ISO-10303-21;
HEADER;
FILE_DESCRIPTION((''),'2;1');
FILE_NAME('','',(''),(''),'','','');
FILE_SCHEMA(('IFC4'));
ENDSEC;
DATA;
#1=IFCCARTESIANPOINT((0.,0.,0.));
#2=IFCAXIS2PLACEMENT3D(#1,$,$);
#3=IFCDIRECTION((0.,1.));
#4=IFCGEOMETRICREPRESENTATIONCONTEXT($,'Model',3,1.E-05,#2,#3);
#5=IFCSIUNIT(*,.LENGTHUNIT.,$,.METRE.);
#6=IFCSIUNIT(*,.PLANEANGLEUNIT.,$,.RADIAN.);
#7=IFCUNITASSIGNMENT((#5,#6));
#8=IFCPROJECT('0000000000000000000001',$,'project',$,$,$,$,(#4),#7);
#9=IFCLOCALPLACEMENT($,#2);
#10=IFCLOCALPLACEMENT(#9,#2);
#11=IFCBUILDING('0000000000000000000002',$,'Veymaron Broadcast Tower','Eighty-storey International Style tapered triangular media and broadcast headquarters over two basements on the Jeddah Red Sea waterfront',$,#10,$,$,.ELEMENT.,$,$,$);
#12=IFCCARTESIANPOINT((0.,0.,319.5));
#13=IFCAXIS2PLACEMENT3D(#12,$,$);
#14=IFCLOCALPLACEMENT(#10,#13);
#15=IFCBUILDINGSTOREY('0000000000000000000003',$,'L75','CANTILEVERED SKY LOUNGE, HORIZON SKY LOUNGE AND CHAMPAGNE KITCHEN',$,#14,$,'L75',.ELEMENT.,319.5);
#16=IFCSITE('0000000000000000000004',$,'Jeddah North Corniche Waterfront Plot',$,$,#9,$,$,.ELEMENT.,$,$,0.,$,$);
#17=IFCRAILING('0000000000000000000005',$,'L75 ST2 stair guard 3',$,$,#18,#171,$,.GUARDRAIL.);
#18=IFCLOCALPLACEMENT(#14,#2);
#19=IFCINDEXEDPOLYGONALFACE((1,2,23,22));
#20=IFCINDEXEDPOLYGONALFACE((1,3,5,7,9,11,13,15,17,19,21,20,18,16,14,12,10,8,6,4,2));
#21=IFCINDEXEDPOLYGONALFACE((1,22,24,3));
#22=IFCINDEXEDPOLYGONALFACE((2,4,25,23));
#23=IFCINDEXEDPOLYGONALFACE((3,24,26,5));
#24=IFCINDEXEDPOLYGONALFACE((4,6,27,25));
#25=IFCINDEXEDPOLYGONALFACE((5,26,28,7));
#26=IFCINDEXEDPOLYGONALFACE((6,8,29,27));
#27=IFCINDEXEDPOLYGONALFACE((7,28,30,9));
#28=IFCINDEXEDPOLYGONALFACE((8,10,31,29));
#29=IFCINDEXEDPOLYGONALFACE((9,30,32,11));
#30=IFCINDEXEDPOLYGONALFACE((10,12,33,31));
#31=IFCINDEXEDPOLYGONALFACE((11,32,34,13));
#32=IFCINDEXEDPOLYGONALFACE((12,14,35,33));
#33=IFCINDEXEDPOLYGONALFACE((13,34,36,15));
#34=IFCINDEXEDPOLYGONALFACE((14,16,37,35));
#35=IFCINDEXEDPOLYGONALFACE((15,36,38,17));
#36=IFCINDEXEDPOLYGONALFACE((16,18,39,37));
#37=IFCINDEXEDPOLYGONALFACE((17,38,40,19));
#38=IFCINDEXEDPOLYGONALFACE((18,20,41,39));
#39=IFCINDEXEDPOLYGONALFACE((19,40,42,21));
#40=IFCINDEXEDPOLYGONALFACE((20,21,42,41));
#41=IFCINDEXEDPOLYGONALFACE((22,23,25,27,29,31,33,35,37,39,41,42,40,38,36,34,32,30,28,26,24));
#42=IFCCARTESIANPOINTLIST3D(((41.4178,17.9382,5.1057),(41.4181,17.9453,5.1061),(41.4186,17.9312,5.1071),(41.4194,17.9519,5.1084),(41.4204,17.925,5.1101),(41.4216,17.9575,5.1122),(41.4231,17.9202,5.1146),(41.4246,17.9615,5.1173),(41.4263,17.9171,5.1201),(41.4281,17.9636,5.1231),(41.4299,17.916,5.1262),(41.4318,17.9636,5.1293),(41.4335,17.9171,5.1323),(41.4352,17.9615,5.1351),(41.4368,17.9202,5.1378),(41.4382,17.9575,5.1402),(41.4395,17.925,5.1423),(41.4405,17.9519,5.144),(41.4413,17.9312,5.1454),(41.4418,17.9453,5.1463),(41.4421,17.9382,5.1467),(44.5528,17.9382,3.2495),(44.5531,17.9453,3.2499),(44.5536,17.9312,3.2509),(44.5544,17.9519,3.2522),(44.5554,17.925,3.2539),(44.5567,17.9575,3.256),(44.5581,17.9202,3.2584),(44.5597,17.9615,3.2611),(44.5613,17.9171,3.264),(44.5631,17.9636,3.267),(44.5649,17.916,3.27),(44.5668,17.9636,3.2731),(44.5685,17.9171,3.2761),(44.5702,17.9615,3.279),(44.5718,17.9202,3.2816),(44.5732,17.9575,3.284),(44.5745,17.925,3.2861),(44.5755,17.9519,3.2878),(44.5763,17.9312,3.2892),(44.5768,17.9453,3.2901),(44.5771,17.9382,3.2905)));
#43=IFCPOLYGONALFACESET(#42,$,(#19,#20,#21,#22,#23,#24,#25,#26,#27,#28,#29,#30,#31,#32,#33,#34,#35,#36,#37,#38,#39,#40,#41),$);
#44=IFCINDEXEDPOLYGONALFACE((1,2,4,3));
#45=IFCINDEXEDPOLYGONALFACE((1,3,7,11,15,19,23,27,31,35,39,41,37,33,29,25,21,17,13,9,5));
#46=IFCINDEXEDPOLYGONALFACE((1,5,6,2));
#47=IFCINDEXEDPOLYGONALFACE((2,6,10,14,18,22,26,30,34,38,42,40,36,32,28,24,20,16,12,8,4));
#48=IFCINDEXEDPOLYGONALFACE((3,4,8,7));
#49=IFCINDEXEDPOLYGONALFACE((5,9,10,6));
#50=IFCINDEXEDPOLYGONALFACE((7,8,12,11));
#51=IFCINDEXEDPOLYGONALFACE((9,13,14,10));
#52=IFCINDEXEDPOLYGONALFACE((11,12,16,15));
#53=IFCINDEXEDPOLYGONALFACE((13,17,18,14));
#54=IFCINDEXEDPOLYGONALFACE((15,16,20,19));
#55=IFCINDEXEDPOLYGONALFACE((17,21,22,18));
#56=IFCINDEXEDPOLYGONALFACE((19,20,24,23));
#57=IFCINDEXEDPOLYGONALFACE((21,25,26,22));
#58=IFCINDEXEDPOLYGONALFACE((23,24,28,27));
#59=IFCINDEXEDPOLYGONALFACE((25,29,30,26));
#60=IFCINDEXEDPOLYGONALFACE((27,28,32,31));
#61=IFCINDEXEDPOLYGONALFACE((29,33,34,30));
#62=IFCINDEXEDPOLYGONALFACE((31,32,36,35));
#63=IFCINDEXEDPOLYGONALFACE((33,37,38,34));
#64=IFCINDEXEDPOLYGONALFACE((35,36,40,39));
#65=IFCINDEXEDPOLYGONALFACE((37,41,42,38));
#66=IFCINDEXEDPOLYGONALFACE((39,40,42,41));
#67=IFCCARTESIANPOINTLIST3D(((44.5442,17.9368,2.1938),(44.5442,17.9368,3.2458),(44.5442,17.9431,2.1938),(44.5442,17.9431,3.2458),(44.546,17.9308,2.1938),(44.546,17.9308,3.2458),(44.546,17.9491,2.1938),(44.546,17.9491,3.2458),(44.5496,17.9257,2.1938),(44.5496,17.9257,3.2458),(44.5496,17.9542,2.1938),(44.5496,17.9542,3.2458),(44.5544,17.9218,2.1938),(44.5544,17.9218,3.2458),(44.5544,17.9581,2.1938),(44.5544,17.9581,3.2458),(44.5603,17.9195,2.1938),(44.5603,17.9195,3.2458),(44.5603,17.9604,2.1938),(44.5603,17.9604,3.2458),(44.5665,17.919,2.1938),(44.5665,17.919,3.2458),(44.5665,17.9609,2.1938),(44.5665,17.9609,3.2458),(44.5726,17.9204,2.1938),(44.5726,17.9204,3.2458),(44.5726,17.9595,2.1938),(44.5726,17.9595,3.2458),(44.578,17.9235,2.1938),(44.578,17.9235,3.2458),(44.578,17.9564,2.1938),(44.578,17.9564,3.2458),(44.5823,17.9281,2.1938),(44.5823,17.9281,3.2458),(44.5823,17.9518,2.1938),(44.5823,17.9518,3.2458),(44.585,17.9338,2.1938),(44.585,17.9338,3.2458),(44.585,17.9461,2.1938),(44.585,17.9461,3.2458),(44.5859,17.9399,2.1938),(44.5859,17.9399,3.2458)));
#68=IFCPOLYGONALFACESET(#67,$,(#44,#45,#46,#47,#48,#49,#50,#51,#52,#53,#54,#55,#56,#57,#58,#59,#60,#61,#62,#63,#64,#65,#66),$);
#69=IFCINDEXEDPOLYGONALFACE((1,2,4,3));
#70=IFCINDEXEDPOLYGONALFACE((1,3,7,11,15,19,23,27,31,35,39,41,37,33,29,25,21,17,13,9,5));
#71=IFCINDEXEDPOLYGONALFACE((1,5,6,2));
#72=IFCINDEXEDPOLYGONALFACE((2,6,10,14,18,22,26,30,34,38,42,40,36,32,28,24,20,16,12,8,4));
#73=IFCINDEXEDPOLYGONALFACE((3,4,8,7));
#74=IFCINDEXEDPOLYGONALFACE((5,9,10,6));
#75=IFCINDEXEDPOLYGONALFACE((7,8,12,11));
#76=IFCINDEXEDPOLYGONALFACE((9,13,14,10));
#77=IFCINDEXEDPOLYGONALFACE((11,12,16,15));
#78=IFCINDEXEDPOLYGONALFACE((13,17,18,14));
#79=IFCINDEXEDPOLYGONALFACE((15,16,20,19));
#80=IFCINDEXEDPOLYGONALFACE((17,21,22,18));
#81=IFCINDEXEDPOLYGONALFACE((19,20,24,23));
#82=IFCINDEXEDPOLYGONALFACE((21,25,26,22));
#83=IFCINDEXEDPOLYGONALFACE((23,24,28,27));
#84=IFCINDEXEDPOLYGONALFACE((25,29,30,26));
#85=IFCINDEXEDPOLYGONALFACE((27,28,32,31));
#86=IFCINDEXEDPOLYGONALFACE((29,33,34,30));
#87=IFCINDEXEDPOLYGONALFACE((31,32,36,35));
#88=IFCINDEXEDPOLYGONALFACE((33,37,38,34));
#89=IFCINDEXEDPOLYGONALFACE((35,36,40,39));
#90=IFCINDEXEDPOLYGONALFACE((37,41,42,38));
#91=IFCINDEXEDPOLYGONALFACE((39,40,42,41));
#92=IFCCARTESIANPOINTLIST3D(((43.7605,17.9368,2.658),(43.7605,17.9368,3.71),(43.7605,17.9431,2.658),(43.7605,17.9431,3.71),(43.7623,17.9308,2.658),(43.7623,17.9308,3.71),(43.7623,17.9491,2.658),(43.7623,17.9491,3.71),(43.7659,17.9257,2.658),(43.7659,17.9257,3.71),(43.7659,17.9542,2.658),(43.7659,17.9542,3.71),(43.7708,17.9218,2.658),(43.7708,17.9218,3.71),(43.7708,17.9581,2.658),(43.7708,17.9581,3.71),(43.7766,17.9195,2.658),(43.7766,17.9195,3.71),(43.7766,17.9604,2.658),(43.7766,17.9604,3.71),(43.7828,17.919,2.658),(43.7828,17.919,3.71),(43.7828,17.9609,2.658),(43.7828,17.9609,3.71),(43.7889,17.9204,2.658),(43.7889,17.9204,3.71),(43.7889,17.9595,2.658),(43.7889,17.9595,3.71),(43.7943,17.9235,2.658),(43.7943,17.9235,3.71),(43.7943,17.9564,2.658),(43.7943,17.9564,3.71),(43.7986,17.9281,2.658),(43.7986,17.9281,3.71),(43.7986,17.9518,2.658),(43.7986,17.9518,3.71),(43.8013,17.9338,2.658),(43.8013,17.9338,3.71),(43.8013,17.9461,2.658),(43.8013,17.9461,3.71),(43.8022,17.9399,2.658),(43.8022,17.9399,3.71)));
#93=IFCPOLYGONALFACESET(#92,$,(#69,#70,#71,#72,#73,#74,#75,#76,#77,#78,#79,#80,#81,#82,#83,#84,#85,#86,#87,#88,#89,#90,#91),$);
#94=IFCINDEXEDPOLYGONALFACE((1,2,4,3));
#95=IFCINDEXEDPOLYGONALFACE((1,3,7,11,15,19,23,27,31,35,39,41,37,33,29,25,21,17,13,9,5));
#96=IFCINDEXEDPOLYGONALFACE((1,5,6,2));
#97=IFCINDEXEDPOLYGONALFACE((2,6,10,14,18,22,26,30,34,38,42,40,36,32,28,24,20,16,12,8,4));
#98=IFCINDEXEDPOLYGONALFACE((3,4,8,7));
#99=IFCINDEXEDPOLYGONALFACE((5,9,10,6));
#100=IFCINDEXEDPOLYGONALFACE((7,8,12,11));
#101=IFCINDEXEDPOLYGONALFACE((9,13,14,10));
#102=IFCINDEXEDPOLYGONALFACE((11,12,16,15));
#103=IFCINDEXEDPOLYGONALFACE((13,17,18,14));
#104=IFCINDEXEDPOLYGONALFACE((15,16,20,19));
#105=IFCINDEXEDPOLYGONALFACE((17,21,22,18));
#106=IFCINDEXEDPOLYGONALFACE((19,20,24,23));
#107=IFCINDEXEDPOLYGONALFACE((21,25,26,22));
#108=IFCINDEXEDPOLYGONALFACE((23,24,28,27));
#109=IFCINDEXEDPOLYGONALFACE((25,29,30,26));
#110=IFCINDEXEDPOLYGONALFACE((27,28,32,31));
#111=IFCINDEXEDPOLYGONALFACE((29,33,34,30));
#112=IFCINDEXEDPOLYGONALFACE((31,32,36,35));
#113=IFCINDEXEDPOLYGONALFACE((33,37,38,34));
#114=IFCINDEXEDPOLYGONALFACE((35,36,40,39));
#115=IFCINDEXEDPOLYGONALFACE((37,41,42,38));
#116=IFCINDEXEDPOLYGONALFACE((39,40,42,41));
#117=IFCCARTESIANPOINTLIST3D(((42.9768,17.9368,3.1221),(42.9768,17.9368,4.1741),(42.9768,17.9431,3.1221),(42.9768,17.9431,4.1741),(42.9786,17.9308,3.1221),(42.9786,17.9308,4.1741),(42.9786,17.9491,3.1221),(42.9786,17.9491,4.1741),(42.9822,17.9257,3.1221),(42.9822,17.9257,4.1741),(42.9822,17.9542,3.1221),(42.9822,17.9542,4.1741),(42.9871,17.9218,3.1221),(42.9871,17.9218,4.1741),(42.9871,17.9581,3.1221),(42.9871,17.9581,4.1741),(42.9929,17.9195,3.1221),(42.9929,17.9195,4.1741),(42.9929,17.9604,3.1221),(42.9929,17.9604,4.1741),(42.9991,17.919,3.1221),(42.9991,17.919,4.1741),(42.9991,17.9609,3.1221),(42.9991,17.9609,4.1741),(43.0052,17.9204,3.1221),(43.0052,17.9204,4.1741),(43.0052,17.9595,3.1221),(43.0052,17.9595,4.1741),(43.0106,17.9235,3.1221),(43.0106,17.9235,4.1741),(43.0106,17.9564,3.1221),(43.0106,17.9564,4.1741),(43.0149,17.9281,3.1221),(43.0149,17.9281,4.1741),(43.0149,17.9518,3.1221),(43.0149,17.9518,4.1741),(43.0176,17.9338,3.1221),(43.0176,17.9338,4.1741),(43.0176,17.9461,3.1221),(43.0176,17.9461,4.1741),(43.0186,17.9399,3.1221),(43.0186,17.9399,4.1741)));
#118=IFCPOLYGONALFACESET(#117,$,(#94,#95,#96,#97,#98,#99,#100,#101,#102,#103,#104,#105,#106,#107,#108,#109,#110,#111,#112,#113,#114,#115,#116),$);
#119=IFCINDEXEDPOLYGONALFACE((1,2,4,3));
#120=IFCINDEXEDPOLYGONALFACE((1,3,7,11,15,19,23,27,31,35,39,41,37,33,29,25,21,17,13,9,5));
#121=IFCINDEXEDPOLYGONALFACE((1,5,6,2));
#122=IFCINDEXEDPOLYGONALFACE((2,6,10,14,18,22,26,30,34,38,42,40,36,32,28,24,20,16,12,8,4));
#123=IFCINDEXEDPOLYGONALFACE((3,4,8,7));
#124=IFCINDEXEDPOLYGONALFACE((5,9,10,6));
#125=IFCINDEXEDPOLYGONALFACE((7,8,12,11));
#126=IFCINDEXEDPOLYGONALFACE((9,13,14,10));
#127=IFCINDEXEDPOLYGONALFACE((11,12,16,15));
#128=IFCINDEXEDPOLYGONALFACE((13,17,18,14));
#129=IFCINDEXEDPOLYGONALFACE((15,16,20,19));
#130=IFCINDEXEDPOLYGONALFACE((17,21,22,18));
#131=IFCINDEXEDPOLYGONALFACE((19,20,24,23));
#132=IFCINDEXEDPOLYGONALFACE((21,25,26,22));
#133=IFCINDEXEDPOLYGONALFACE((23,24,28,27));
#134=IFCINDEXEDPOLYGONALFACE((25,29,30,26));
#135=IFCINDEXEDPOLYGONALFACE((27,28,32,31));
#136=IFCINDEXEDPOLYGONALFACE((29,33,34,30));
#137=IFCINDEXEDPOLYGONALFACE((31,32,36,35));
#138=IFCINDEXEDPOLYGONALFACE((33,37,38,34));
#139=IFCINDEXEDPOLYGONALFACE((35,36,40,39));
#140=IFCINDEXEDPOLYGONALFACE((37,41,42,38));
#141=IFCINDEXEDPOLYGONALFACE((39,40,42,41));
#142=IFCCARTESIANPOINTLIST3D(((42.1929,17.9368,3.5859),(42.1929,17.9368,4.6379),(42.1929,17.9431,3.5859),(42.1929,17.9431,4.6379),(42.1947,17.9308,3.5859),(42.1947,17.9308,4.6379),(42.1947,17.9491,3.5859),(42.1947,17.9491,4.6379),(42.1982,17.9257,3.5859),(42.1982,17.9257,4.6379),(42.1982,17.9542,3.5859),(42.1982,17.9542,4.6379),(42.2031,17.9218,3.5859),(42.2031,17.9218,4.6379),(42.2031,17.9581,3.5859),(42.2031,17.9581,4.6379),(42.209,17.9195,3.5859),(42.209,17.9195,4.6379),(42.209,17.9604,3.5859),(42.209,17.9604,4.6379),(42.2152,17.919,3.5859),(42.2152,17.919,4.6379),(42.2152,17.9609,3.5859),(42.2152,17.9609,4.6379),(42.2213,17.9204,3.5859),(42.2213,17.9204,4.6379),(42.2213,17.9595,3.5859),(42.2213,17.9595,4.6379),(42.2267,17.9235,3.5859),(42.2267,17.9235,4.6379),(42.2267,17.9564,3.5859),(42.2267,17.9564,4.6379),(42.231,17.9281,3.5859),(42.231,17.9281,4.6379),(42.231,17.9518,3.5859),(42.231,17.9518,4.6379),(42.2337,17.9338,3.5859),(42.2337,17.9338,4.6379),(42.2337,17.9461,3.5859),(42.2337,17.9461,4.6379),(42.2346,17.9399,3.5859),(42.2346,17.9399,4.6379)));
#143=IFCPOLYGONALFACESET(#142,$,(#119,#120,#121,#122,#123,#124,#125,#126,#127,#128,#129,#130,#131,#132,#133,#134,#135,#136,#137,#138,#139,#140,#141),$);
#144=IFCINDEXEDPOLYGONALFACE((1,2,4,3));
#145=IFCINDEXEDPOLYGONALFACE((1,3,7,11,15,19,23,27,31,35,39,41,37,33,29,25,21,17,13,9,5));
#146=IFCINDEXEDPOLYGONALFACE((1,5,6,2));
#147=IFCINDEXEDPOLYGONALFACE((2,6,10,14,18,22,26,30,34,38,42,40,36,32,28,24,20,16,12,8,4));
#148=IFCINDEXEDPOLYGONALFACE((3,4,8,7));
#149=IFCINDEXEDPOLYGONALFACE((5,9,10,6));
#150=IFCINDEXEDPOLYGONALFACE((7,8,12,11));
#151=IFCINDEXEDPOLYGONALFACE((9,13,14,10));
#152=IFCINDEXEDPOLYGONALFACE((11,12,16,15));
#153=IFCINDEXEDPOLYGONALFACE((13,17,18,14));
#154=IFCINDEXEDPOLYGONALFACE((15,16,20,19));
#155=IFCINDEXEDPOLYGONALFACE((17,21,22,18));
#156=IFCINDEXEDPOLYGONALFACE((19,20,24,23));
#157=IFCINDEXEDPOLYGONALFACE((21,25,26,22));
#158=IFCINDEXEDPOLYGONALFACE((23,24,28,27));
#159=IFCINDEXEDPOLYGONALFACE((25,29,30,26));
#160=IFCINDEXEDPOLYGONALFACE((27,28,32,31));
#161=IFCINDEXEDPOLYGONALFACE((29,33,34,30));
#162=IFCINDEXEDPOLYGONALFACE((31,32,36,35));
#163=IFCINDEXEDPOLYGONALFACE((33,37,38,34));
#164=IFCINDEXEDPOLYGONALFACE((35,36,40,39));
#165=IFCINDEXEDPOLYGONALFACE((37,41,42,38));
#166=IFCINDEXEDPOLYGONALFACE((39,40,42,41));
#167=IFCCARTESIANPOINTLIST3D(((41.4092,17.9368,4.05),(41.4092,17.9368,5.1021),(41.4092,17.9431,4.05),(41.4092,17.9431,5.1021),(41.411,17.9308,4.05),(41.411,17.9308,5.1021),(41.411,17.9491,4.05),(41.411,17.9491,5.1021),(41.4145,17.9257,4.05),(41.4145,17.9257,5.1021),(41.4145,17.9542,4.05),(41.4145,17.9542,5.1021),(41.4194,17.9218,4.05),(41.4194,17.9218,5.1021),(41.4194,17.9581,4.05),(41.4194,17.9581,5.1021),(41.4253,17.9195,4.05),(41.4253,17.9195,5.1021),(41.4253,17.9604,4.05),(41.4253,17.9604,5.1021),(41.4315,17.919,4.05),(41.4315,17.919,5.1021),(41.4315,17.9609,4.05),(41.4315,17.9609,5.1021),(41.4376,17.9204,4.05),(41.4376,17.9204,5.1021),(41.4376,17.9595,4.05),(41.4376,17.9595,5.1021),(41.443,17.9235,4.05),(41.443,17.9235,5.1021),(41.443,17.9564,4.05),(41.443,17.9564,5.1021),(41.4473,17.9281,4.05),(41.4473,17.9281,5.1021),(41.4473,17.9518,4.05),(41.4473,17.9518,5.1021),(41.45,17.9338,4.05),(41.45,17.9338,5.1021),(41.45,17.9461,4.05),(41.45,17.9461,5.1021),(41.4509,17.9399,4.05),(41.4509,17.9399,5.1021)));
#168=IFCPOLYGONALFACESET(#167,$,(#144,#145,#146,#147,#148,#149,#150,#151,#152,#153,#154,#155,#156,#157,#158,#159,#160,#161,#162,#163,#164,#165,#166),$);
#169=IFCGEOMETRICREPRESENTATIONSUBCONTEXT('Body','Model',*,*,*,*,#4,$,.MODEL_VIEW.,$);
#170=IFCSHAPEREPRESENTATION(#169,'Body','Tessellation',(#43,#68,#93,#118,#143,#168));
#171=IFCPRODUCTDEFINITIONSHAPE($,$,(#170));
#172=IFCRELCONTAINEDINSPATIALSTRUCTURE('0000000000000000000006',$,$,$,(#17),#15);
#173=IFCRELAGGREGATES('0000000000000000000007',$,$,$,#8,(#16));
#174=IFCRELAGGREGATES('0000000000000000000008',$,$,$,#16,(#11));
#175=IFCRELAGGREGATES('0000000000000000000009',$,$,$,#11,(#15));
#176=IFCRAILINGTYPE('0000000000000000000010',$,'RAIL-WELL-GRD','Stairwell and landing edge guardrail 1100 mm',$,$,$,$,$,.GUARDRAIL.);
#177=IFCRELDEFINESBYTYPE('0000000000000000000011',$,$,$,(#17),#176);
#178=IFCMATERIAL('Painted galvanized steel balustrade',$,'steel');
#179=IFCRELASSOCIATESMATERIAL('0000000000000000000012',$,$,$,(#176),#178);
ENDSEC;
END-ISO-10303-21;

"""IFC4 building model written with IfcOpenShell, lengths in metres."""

from ifc_helpers import new_model, si_unit, direction, frame, origin, origin_2d, place, context, subcontext, project, spatial, circle, extrude, material, type_object, element, save


model = new_model("IFC4")

# Units and contexts
model_context = context("Model", 3, precision=1e-05, world=origin(), true_north=direction((0.0, 1.0)))
body_context = subcontext(model_context, "Body", "Model", "MODEL_VIEW")
ifc_project = project(units=[si_unit("LENGTHUNIT", "METRE"), si_unit("PLANEANGLEUNIT", "RADIAN")], contexts=[model_context])

# Site, building, storey
site_placement = place(None, origin())
site = spatial("IfcSite", under=ifc_project, at=site_placement, Name="Jeddah North Corniche Waterfront Plot", CompositionType="ELEMENT", RefElevation=0.0)
building_placement = place(site_placement, origin())
building = spatial("IfcBuilding", under=site, at=building_placement, Name="Veymaron Broadcast Tower", Description="Eighty-storey International Style tapered triangular media and broadcast headquarters over two basements on the Jeddah Red Sea waterfront", CompositionType="ELEMENT")
storey_placement = place(building_placement, frame((0.0, 0.0, 319.5)))
storey = spatial("IfcBuildingStorey", under=building, at=storey_placement, Name="L75", Description="CANTILEVERED SKY LOUNGE, HORIZON SKY LOUNGE AND CHAMPAGNE KITCHEN", LongName="L75", CompositionType="ELEMENT", Elevation=319.5)

# Railing
ifc_material_1 = material(Name="Painted galvanized steel balustrade", Category="steel")
railing_type_1 = type_object("IfcRailingType", Name="RAIL-WELL-GRD", Description="Stairwell and landing edge guardrail 1100 mm", PredefinedType="GUARDRAIL", material=ifc_material_1)
railing_1_placement = place(storey_placement, frame((44.5649, 17.9399, 2.1938)))
element("IfcRailing", 1, at=railing_1_placement, inside=storey, type_object=railing_type_1, Name="L75 ST2 stair guard 3", PredefinedType="GUARDRAIL", context=body_context, shape_type="SweptSolid", body=[
    extrude(circle(Radius=0.0239, at=origin_2d()), frame((0.0, 0.0, 1.0762), z_axis=(-0.860482, 0.0, 0.509481), x_axis=(0.0, -1.0, 0.0)), (0.0, 0.0, 1.0), 3.6433),
    extrude(circle(Radius=0.021, at=origin_2d()), origin(), (0.0, 0.0, 1.0), 1.052),
    extrude(circle(Radius=0.021, at=origin_2d()), frame((-0.7837, 0.0, 0.4641)), (0.0, 0.0, 1.0), 1.052),
    extrude(circle(Radius=0.021, at=origin_2d()), frame((-1.5674, 0.0, 0.9282)), (0.0, 0.0, 1.0), 1.052),
    extrude(circle(Radius=0.021, at=origin_2d()), frame((-2.3513, 0.0, 1.3921)), (0.0, 0.0, 1.0), 1.052),
    extrude(circle(Radius=0.021, at=origin_2d()), frame((-3.135, 0.0, 1.8562)), (0.0, 0.0, 1.0), 1.052),
])

save(model, "model.ifc")
